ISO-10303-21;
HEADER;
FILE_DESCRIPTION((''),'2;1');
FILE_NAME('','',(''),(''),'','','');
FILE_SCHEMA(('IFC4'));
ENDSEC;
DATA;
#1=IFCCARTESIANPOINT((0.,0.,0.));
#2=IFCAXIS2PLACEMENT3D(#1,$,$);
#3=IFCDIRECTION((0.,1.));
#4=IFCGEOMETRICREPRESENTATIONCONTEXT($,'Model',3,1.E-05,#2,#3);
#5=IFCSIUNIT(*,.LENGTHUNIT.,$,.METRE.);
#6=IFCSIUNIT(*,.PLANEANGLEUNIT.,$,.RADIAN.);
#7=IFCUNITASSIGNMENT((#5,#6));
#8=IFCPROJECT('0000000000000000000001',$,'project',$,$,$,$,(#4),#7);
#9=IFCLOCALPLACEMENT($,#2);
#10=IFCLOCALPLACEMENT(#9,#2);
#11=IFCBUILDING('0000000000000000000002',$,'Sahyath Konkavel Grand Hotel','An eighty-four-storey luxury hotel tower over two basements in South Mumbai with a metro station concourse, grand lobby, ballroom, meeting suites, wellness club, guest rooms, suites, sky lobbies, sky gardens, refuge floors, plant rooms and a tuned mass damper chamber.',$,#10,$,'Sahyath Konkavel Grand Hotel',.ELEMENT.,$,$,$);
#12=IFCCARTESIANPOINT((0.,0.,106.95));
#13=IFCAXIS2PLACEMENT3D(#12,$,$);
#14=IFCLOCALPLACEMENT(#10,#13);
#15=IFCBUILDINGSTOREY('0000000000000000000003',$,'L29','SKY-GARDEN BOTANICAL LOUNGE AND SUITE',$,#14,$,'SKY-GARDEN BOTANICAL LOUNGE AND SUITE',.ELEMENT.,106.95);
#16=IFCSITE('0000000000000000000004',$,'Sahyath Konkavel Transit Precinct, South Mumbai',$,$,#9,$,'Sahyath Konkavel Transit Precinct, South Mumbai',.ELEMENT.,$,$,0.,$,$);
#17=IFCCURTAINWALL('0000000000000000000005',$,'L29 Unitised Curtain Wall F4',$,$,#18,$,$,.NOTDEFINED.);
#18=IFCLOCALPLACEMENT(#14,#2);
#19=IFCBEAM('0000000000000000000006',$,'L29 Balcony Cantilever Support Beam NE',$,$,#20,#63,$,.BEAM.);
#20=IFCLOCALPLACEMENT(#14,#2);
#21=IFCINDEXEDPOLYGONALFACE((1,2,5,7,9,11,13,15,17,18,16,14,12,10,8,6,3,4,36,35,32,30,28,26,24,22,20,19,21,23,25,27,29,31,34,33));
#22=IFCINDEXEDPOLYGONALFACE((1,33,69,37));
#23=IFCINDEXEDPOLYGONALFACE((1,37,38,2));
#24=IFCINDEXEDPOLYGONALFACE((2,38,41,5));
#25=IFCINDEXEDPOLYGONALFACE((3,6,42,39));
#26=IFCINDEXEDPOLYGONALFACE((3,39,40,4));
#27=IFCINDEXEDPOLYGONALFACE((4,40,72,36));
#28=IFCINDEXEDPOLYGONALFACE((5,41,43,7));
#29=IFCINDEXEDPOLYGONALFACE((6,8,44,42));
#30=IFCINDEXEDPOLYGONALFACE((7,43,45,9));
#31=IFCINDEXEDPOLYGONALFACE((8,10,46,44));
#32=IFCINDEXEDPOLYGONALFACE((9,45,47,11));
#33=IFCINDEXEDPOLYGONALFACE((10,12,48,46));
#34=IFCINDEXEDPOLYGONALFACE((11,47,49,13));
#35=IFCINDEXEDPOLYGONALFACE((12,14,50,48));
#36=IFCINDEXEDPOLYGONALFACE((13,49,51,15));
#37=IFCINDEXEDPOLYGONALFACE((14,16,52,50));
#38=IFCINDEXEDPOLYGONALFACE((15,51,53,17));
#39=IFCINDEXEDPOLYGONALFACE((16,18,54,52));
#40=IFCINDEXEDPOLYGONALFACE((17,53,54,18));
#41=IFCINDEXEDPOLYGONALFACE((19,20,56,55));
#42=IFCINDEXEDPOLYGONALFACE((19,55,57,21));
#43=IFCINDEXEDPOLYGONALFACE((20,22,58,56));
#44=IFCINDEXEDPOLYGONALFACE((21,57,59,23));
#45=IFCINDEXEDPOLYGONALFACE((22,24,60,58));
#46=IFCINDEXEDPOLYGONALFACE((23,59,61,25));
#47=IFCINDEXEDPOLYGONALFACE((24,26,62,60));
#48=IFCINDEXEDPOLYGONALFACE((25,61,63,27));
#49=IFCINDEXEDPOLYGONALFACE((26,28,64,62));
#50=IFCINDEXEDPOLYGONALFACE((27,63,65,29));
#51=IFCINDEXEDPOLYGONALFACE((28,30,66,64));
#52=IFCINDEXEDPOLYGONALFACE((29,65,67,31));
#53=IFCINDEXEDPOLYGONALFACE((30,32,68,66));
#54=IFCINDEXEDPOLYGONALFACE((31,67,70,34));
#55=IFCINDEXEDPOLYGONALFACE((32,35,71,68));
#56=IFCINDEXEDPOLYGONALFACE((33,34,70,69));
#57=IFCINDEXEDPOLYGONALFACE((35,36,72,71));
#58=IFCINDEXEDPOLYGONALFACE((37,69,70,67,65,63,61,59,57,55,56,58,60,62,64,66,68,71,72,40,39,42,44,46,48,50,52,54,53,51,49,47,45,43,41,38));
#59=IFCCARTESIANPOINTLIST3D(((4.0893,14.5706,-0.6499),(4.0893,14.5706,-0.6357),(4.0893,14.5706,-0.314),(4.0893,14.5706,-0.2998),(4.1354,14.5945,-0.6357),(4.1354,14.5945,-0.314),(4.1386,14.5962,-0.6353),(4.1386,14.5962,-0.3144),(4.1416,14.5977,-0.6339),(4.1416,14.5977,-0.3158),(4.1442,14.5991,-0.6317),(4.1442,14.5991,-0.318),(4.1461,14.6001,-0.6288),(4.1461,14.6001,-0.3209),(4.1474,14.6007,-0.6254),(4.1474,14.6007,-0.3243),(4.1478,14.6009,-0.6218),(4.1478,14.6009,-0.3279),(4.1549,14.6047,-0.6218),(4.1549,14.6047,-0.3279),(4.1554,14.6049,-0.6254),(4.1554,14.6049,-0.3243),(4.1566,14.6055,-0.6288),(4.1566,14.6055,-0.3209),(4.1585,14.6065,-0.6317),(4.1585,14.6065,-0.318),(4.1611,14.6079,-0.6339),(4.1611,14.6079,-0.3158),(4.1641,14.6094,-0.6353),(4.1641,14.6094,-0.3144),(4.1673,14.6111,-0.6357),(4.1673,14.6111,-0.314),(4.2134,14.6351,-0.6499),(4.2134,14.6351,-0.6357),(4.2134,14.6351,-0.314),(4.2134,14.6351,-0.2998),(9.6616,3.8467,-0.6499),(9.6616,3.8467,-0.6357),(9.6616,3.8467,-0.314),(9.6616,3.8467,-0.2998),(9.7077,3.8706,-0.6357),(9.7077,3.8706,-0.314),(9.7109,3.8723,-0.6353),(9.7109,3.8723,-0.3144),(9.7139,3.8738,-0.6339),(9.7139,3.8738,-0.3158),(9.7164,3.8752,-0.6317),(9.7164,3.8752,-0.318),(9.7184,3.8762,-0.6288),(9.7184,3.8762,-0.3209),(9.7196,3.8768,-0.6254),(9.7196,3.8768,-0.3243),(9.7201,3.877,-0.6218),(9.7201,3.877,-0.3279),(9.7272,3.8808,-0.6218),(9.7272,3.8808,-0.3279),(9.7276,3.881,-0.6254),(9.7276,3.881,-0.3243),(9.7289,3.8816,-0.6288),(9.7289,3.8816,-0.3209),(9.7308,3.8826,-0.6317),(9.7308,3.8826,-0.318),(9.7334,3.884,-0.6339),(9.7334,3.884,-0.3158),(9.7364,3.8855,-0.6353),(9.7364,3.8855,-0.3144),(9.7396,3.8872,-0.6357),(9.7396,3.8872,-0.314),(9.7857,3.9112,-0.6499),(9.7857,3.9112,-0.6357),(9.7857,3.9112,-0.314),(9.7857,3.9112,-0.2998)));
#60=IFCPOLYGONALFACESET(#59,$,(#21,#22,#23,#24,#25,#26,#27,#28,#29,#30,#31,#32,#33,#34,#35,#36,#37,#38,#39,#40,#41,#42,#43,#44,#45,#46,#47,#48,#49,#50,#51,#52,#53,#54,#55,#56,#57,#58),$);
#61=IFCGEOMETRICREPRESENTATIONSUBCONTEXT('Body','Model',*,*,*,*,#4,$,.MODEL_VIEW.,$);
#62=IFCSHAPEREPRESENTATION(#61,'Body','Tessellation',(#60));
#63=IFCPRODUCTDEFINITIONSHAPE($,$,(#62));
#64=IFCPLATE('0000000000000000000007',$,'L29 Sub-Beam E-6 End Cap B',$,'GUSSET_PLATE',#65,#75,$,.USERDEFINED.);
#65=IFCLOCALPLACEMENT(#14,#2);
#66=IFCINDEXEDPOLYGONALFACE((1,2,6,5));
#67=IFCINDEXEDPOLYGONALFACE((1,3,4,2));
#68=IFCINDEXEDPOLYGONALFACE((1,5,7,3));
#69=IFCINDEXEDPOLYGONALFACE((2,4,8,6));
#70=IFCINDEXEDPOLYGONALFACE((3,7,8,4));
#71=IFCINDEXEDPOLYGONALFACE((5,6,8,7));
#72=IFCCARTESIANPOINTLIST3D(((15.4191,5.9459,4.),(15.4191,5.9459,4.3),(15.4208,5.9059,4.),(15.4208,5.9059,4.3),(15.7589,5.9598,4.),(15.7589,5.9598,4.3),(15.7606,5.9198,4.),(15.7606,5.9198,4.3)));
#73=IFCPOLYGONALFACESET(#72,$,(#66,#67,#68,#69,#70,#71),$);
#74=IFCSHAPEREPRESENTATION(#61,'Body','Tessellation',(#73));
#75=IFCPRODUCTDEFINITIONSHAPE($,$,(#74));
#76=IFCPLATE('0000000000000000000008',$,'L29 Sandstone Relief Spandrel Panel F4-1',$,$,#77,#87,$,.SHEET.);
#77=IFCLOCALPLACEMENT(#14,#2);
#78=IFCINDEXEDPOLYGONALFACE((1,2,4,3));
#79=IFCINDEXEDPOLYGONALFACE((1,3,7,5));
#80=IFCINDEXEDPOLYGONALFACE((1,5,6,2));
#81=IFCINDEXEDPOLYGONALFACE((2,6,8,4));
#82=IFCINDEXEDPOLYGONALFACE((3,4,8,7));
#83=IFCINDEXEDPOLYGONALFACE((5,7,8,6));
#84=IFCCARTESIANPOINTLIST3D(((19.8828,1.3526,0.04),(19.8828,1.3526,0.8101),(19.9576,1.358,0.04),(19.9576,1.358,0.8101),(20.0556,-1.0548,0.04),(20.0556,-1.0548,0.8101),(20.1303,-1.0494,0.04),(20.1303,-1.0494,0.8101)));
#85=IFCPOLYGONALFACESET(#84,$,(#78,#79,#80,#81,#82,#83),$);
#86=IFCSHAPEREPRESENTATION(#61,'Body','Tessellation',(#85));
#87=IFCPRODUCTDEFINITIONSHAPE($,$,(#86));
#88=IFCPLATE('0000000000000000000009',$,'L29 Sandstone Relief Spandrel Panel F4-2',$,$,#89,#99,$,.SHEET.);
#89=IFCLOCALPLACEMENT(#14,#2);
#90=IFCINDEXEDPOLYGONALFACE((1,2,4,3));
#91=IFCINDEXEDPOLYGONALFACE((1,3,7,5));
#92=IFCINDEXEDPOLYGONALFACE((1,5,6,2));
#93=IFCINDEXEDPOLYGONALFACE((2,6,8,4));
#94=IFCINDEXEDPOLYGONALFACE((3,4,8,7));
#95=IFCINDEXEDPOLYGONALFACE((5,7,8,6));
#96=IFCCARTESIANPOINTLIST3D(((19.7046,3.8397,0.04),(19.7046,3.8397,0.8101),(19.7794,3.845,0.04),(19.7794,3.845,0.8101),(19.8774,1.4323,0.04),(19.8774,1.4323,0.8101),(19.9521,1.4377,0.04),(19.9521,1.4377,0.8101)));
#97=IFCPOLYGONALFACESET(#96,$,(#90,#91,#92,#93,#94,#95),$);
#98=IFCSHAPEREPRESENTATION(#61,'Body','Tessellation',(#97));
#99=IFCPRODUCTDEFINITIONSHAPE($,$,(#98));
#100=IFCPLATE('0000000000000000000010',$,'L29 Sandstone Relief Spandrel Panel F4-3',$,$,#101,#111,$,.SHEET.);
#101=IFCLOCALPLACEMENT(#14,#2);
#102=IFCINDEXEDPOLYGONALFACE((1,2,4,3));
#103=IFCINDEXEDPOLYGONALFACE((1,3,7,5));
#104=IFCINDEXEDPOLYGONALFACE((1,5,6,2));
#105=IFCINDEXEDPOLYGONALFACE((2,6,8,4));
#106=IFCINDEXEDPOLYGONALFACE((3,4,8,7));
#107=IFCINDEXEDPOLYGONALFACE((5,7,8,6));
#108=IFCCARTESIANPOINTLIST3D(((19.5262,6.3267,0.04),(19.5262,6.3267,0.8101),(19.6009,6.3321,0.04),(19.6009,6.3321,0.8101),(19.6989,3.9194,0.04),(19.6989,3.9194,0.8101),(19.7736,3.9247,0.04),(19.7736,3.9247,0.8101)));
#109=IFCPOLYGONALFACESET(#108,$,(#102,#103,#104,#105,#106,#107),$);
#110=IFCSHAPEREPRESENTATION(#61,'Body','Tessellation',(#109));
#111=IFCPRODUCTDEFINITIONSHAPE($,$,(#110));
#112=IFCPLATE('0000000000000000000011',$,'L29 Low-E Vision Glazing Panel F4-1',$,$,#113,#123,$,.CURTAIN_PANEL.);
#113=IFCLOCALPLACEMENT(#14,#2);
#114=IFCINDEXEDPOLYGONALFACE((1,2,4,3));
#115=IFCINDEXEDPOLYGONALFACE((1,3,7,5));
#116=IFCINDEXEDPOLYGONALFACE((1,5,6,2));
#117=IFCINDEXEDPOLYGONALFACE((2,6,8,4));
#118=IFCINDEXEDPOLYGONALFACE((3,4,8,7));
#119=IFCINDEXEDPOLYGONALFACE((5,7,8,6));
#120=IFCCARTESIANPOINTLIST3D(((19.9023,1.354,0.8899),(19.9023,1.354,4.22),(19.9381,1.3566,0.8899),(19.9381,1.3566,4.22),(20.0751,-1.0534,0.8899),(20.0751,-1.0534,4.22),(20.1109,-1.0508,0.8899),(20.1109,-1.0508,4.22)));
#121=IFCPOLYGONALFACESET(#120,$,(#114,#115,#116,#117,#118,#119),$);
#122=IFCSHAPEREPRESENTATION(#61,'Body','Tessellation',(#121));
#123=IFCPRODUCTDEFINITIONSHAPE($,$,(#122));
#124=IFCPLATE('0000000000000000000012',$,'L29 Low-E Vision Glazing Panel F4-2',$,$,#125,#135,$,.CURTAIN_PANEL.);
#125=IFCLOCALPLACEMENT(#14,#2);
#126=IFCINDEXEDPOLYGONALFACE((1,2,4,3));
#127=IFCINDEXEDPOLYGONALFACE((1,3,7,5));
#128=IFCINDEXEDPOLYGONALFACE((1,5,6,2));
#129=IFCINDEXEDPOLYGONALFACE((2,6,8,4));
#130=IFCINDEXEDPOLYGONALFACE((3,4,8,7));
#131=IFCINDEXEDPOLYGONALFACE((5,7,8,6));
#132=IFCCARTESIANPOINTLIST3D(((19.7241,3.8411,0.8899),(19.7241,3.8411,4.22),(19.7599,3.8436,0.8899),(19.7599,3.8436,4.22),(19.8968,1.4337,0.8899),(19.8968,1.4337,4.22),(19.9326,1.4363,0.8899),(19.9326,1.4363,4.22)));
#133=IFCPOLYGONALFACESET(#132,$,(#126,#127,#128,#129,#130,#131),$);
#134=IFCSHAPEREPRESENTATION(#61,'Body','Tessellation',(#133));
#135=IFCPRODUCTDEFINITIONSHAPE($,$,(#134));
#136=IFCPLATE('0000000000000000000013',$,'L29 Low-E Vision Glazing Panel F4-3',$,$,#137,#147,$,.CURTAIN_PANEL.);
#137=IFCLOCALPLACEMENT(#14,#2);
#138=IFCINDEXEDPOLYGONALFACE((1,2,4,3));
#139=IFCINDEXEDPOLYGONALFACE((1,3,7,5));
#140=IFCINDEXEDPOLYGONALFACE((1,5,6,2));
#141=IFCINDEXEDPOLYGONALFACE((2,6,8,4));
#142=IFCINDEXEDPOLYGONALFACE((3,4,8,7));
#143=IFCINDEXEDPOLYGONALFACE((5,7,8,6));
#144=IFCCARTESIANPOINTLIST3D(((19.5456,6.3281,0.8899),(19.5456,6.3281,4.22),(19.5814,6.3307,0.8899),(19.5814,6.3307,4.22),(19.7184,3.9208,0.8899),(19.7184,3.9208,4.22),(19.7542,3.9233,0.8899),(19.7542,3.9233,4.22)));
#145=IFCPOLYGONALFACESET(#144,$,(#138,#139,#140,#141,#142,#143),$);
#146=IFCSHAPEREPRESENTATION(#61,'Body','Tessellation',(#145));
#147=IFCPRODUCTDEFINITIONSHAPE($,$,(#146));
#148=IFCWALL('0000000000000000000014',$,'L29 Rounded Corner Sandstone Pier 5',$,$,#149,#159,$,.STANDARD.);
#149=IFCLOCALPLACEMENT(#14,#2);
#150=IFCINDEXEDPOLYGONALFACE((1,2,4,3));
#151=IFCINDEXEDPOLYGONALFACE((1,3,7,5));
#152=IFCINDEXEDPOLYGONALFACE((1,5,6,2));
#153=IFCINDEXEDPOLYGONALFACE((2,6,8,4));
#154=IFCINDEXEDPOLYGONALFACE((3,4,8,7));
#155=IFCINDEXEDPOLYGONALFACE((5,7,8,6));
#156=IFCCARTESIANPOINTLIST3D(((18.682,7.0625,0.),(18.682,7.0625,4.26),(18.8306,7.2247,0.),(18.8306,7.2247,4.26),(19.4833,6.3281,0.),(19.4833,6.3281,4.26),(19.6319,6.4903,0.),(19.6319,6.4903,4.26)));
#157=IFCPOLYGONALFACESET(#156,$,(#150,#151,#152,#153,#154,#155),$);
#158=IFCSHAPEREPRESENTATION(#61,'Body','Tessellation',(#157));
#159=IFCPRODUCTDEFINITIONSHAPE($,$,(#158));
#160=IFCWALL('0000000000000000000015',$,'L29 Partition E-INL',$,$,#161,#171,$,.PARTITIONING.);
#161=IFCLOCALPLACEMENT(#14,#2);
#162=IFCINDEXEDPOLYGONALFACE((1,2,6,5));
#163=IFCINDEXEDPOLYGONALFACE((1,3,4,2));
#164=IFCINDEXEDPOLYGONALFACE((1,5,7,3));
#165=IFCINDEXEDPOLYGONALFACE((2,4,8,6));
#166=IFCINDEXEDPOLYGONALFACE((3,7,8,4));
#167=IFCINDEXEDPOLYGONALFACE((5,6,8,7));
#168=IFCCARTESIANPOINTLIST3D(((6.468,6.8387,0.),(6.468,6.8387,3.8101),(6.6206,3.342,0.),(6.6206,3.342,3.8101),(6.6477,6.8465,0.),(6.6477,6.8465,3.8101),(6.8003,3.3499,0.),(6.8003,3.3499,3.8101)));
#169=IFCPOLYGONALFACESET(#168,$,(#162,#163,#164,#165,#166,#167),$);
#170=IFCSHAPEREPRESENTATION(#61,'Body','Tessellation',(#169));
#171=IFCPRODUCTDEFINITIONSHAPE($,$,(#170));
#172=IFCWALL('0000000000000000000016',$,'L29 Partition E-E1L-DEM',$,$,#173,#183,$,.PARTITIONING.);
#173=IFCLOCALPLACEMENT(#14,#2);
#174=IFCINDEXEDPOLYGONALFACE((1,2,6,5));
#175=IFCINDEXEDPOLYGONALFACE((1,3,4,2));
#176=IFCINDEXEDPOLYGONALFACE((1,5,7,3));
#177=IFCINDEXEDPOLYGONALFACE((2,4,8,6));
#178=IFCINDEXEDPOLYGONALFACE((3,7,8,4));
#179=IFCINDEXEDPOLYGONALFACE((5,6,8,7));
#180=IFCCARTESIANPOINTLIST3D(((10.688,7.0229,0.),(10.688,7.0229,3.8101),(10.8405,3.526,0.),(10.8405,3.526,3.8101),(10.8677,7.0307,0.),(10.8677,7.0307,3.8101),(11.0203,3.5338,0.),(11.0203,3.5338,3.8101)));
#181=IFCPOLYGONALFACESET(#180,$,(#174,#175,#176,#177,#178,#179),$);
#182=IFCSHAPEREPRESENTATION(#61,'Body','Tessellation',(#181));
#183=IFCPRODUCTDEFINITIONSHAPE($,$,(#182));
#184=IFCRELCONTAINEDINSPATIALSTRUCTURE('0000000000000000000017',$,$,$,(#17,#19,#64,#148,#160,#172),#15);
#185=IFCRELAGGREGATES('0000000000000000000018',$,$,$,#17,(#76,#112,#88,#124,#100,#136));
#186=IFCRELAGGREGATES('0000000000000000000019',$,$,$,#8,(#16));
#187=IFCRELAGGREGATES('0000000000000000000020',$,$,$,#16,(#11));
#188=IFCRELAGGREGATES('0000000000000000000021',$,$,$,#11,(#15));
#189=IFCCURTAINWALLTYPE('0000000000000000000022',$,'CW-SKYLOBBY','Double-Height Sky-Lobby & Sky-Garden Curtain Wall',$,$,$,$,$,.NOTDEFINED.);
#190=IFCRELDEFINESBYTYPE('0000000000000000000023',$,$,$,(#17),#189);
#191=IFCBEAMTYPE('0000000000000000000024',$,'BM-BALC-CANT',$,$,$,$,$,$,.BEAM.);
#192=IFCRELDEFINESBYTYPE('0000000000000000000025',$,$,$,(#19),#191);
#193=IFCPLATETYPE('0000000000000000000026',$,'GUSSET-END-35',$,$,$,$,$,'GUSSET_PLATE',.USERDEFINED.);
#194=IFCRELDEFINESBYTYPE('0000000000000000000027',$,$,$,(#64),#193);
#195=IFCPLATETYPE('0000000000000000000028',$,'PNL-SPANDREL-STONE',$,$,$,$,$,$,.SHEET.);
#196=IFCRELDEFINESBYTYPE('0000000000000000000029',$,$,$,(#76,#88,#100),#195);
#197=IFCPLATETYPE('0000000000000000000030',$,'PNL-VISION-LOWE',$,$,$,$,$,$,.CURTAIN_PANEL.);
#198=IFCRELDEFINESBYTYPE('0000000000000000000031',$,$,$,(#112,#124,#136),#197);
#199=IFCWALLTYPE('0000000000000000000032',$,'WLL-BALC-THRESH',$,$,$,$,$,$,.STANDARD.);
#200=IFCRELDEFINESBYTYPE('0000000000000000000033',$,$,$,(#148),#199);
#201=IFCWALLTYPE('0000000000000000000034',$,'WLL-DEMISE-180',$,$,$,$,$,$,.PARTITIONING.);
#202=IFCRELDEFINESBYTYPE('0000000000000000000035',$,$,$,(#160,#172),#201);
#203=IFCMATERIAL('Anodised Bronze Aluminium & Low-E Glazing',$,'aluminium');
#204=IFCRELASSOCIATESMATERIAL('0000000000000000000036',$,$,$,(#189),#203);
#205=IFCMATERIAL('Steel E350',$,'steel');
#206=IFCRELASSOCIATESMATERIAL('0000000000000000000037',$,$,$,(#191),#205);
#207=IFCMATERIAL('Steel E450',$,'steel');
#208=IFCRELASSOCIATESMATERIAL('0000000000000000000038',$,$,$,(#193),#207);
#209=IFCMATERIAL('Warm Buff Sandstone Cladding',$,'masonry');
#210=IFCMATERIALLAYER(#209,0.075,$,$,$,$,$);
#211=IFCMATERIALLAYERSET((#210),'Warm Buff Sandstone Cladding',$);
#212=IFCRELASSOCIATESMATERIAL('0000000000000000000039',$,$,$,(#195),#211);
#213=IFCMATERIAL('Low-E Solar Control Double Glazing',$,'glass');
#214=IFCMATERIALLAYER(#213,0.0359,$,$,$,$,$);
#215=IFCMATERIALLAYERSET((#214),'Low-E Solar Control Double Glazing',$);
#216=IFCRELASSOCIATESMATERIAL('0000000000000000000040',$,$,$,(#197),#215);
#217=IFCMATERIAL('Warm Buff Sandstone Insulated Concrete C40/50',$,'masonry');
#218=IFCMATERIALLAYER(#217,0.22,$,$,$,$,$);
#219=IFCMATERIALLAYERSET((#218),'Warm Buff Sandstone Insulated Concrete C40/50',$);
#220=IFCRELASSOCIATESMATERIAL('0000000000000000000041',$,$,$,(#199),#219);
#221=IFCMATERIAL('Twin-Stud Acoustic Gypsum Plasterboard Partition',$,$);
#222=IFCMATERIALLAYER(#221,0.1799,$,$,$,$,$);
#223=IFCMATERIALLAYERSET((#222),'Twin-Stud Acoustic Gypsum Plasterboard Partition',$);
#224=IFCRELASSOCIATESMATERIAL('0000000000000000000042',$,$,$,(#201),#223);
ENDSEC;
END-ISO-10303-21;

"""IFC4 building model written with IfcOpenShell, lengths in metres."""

from ifc_helpers import new_model, si_unit, direction, frame, frame_2d, origin, origin_2d, place, context, subcontext, project, spatial, rectangle, i_section, extrude, source, transform, mapped, material, layer, layer_set, material_profile, profile_set, type_object, element, aggregate, save


model = new_model("IFC4")

# Units and contexts
model_context = context("Model", 3, precision=1e-05, world=origin(), true_north=direction((0.0, 1.0)))
body_context = subcontext(model_context, "Body", "Model", "MODEL_VIEW")
ifc_project = project(units=[si_unit("LENGTHUNIT", "METRE"), si_unit("PLANEANGLEUNIT", "RADIAN")], contexts=[model_context])

# Site, building, storey
site_placement = place(None, origin())
site = spatial("IfcSite", under=ifc_project, at=site_placement, Name="Sahyath Konkavel Transit Precinct, South Mumbai", LongName="Sahyath Konkavel Transit Precinct, South Mumbai", CompositionType="ELEMENT", RefElevation=0.0)
building_placement = place(site_placement, origin())
building = spatial("IfcBuilding", under=site, at=building_placement, Name="Sahyath Konkavel Grand Hotel", Description="An eighty-four-storey luxury hotel tower over two basements in South Mumbai with a metro station concourse, grand lobby, ballroom, meeting suites, wellness club, guest rooms, suites, sky lobbies, sky gardens, refuge floors, plant rooms and a tuned mass damper chamber.", LongName="Sahyath Konkavel Grand Hotel", CompositionType="ELEMENT")
storey_placement = place(building_placement, frame((0.0, 0.0, 106.95)))
storey = spatial("IfcBuildingStorey", under=building, at=storey_placement, Name="L29", Description="SKY-GARDEN BOTANICAL LOUNGE AND SUITE", LongName="SKY-GARDEN BOTANICAL LOUNGE AND SUITE", CompositionType="ELEMENT", Elevation=106.95)

# Shared definitions
ifc_material_1 = material(Name="Steel E350", Category="steel")

# Curtain wall
ifc_material_2 = material(Name="Anodised Bronze Aluminium & Low-E Glazing", Category="aluminium")
curtain_wall_type = type_object("IfcCurtainWallType", Name="CW-SKYLOBBY", Description="Double-Height Sky-Lobby & Sky-Garden Curtain Wall", PredefinedType="NOTDEFINED", material=ifc_material_2)
curtain_wall_placement = place(storey_placement, origin())
curtain_wall = element("IfcCurtainWall", 1, at=curtain_wall_placement, inside=storey, type_object=curtain_wall_type, Name="L29 Unitised Curtain Wall F4", PredefinedType="NOTDEFINED")

# Beam
ifc_material_profile_1 = material_profile(ifc_material_1, i_section(OverallWidth=0.1399, OverallDepth=0.3501, WebThickness=0.0081, FlangeThickness=0.0142, FilletRadius=0.0139, at=origin_2d()), Name="ISMB 350")
ifc_profile_set_1 = profile_set([ifc_material_profile_1], Name="Steel E350")
beam_type_1 = type_object("IfcBeamType", Name="BM-BALC-CANT", PredefinedType="BEAM", material=ifc_profile_set_1)
shared_shape_1 = source(origin(), body_context, "Body", "SweptSolid", [
    extrude(i_section(OverallWidth=0.1399, OverallDepth=0.3501, WebThickness=0.0081, FlangeThickness=0.0142, FilletRadius=0.0139, at=origin_2d()), origin(), (0.0, 0.0, 1.0), 12.0852),
])
beam_1_placement = place(storey_placement, frame((9.7236, 3.8789, -0.4749), z_axis=(-0.461082, 0.887357, 0.0), x_axis=(-0.887357, -0.461082, 0.0)))
element("IfcBeam", 2, at=beam_1_placement, inside=storey, type_object=beam_type_1, Name="L29 Balcony Cantilever Support Beam NE", PredefinedType="BEAM", context=body_context, shape_type="MappedRepresentation", body=[
    mapped(shared_shape_1, transform((0.0, 0.0, 0.0), scale=1.0)),
])

# Plates
ifc_material_3 = material(Name="Steel E450", Category="steel")
plate_type_1 = type_object("IfcPlateType", Name="GUSSET-END-35", ElementType="GUSSET_PLATE", PredefinedType="USERDEFINED", material=ifc_material_3)
shared_shape_2 = source(origin(), body_context, "Body", "SweptSolid", [
    extrude(rectangle(XDim=0.04, YDim=0.3401, at=origin_2d()), origin(), (0.0, 0.0, 1.0), 0.3),
])
plate_1_placement = place(storey_placement, frame((15.5898, 5.9329, 4.0), z_axis=(0.0, 0.0, 1.0), x_axis=(-0.040864, 0.999165, 0.0)))
element("IfcPlate", 3, at=plate_1_placement, inside=storey, type_object=plate_type_1, Name="L29 Sub-Beam E-6 End Cap B", ObjectType="GUSSET_PLATE", PredefinedType="USERDEFINED", context=body_context, shape_type="MappedRepresentation", body=[
    mapped(shared_shape_2, transform((0.0, 0.0, 0.0), scale=1.0)),
])
ifc_material_4 = material(Name="Warm Buff Sandstone Cladding", Category="masonry")
ifc_layer_1 = layer(ifc_material_4, 0.075)
ifc_layer_set_1 = layer_set([ifc_layer_1], Name="Warm Buff Sandstone Cladding")
plate_type_2 = type_object("IfcPlateType", Name="PNL-SPANDREL-STONE", PredefinedType="SHEET", material=ifc_layer_set_1)
shared_shape_3 = source(origin(), body_context, "Body", "SweptSolid", [
    extrude(rectangle(XDim=2.4136, YDim=0.075, at=origin_2d()), origin(), (0.0, 0.0, 1.0), 0.77),
])
plate_2_placement = place(storey_placement, frame((20.0066, 0.1516, 0.04), z_axis=(0.0, 0.0, 1.0), x_axis=(-0.071567, 0.997436, 0.0)))
plate_2 = element("IfcPlate", 4, at=plate_2_placement, type_object=plate_type_2, Name="L29 Sandstone Relief Spandrel Panel F4-1", PredefinedType="SHEET", context=body_context, shape_type="MappedRepresentation", body=[
    mapped(shared_shape_3, transform((0.0, 0.0, 0.0), scale=1.0)),
])
plate_3_placement = place(storey_placement, frame((19.8284, 2.6387, 0.04), z_axis=(0.0, 0.0, 1.0), x_axis=(-0.071567, 0.997436, 0.0)))
plate_3 = element("IfcPlate", 5, at=plate_3_placement, type_object=plate_type_2, Name="L29 Sandstone Relief Spandrel Panel F4-2", PredefinedType="SHEET", context=body_context, shape_type="MappedRepresentation", body=[
    mapped(shared_shape_3, transform((0.0, 0.0, 0.0), scale=1.0)),
])
plate_4_placement = place(storey_placement, frame((19.6499, 5.1257, 0.04), z_axis=(0.0, 0.0, 1.0), x_axis=(-0.071567, 0.997436, 0.0)))
plate_4 = element("IfcPlate", 6, at=plate_4_placement, type_object=plate_type_2, Name="L29 Sandstone Relief Spandrel Panel F4-3", PredefinedType="SHEET", context=body_context, shape_type="MappedRepresentation", body=[
    mapped(shared_shape_3, transform((0.0, 0.0, 0.0), scale=1.0)),
])
ifc_material_5 = material(Name="Low-E Solar Control Double Glazing", Category="glass")
ifc_layer_2 = layer(ifc_material_5, 0.0359)
ifc_layer_set_2 = layer_set([ifc_layer_2], Name="Low-E Solar Control Double Glazing")
plate_type_3 = type_object("IfcPlateType", Name="PNL-VISION-LOWE", PredefinedType="CURTAIN_PANEL", material=ifc_layer_set_2)
shared_shape_4 = source(origin(), body_context, "Body", "SweptSolid", [
    extrude(rectangle(XDim=2.4136, YDim=0.0359, at=origin_2d()), origin(), (0.0, 0.0, 1.0), 3.3301),
])
plate_5_placement = place(storey_placement, frame((20.0066, 0.1516, 0.8899), z_axis=(0.0, 0.0, 1.0), x_axis=(-0.071567, 0.997436, 0.0)))
plate_5 = element("IfcPlate", 7, at=plate_5_placement, type_object=plate_type_3, Name="L29 Low-E Vision Glazing Panel F4-1", PredefinedType="CURTAIN_PANEL", context=body_context, shape_type="MappedRepresentation", body=[
    mapped(shared_shape_4, transform((0.0, 0.0, 0.0), scale=1.0)),
])
plate_6_placement = place(storey_placement, frame((19.8284, 2.6387, 0.8899), z_axis=(0.0, 0.0, 1.0), x_axis=(-0.071567, 0.997436, 0.0)))
plate_6 = element("IfcPlate", 8, at=plate_6_placement, type_object=plate_type_3, Name="L29 Low-E Vision Glazing Panel F4-2", PredefinedType="CURTAIN_PANEL", context=body_context, shape_type="MappedRepresentation", body=[
    mapped(shared_shape_4, transform((0.0, 0.0, 0.0), scale=1.0)),
])
plate_7_placement = place(storey_placement, frame((19.6499, 5.1257, 0.8899), z_axis=(0.0, 0.0, 1.0), x_axis=(-0.071567, 0.997436, 0.0)))
plate_7 = element("IfcPlate", 9, at=plate_7_placement, type_object=plate_type_3, Name="L29 Low-E Vision Glazing Panel F4-3", PredefinedType="CURTAIN_PANEL", context=body_context, shape_type="MappedRepresentation", body=[
    mapped(shared_shape_4, transform((0.0, 0.0, 0.0), scale=1.0)),
])
aggregate(curtain_wall, [plate_2, plate_5, plate_3, plate_6, plate_4, plate_7])

# Walls
ifc_material_6 = material(Name="Warm Buff Sandstone Insulated Concrete C40/50", Category="masonry")
ifc_layer_3 = layer(ifc_material_6, 0.22)
ifc_layer_set_3 = layer_set([ifc_layer_3], Name="Warm Buff Sandstone Insulated Concrete C40/50")
wall_type_1 = type_object("IfcWallType", Name="WLL-BALC-THRESH", PredefinedType="STANDARD", material=ifc_layer_set_3)
wall_1_placement = place(storey_placement, frame((19.5576, 6.4092, 0.0), z_axis=(0.0, 0.0, 1.0), x_axis=(-0.73721, 0.675664, 0.0)))
element("IfcWall", 10, at=wall_1_placement, inside=storey, type_object=wall_type_1, Name="L29 Rounded Corner Sandstone Pier 5", PredefinedType="STANDARD", context=body_context, shape_type="SweptSolid", body=[
    extrude(rectangle(XDim=1.0869, YDim=0.22, at=frame_2d((0.5435, 0.0))), origin(), (0.0, 0.0, 1.0), 4.26),
])
ifc_material_7 = material(Name="Twin-Stud Acoustic Gypsum Plasterboard Partition")
ifc_layer_4 = layer(ifc_material_7, 0.1799)
ifc_layer_set_4 = layer_set([ifc_layer_4], Name="Twin-Stud Acoustic Gypsum Plasterboard Partition")
wall_type_2 = type_object("IfcWallType", Name="WLL-DEMISE-180", PredefinedType="PARTITIONING", material=ifc_layer_set_4)
wall_2_placement = place(storey_placement, frame((6.7104, 3.3459, 0.0), z_axis=(0.0, 0.0, 1.0), x_axis=(-0.043598, 0.999049, 0.0)))
element("IfcWall", 11, at=wall_2_placement, inside=storey, type_object=wall_type_2, Name="L29 Partition E-INL", PredefinedType="PARTITIONING", context=body_context, shape_type="SweptSolid", body=[
    extrude(rectangle(XDim=3.5, YDim=0.1799, at=frame_2d((1.75, 0.0))), origin(), (0.0, 0.0, 1.0), 3.8101),
])
wall_3_placement = place(storey_placement, frame((10.9304, 3.53, 0.0), z_axis=(0.0, 0.0, 1.0), x_axis=(-0.043595, 0.999049, 0.0)))
element("IfcWall", 12, at=wall_3_placement, inside=storey, type_object=wall_type_2, Name="L29 Partition E-E1L-DEM", PredefinedType="PARTITIONING", context=body_context, shape_type="SweptSolid", body=[
    extrude(rectangle(XDim=3.5002, YDim=0.1799, at=frame_2d((1.75, 0.0))), origin(), (0.0, 0.0, 1.0), 3.8101),
])

save(model, "model.ifc")
